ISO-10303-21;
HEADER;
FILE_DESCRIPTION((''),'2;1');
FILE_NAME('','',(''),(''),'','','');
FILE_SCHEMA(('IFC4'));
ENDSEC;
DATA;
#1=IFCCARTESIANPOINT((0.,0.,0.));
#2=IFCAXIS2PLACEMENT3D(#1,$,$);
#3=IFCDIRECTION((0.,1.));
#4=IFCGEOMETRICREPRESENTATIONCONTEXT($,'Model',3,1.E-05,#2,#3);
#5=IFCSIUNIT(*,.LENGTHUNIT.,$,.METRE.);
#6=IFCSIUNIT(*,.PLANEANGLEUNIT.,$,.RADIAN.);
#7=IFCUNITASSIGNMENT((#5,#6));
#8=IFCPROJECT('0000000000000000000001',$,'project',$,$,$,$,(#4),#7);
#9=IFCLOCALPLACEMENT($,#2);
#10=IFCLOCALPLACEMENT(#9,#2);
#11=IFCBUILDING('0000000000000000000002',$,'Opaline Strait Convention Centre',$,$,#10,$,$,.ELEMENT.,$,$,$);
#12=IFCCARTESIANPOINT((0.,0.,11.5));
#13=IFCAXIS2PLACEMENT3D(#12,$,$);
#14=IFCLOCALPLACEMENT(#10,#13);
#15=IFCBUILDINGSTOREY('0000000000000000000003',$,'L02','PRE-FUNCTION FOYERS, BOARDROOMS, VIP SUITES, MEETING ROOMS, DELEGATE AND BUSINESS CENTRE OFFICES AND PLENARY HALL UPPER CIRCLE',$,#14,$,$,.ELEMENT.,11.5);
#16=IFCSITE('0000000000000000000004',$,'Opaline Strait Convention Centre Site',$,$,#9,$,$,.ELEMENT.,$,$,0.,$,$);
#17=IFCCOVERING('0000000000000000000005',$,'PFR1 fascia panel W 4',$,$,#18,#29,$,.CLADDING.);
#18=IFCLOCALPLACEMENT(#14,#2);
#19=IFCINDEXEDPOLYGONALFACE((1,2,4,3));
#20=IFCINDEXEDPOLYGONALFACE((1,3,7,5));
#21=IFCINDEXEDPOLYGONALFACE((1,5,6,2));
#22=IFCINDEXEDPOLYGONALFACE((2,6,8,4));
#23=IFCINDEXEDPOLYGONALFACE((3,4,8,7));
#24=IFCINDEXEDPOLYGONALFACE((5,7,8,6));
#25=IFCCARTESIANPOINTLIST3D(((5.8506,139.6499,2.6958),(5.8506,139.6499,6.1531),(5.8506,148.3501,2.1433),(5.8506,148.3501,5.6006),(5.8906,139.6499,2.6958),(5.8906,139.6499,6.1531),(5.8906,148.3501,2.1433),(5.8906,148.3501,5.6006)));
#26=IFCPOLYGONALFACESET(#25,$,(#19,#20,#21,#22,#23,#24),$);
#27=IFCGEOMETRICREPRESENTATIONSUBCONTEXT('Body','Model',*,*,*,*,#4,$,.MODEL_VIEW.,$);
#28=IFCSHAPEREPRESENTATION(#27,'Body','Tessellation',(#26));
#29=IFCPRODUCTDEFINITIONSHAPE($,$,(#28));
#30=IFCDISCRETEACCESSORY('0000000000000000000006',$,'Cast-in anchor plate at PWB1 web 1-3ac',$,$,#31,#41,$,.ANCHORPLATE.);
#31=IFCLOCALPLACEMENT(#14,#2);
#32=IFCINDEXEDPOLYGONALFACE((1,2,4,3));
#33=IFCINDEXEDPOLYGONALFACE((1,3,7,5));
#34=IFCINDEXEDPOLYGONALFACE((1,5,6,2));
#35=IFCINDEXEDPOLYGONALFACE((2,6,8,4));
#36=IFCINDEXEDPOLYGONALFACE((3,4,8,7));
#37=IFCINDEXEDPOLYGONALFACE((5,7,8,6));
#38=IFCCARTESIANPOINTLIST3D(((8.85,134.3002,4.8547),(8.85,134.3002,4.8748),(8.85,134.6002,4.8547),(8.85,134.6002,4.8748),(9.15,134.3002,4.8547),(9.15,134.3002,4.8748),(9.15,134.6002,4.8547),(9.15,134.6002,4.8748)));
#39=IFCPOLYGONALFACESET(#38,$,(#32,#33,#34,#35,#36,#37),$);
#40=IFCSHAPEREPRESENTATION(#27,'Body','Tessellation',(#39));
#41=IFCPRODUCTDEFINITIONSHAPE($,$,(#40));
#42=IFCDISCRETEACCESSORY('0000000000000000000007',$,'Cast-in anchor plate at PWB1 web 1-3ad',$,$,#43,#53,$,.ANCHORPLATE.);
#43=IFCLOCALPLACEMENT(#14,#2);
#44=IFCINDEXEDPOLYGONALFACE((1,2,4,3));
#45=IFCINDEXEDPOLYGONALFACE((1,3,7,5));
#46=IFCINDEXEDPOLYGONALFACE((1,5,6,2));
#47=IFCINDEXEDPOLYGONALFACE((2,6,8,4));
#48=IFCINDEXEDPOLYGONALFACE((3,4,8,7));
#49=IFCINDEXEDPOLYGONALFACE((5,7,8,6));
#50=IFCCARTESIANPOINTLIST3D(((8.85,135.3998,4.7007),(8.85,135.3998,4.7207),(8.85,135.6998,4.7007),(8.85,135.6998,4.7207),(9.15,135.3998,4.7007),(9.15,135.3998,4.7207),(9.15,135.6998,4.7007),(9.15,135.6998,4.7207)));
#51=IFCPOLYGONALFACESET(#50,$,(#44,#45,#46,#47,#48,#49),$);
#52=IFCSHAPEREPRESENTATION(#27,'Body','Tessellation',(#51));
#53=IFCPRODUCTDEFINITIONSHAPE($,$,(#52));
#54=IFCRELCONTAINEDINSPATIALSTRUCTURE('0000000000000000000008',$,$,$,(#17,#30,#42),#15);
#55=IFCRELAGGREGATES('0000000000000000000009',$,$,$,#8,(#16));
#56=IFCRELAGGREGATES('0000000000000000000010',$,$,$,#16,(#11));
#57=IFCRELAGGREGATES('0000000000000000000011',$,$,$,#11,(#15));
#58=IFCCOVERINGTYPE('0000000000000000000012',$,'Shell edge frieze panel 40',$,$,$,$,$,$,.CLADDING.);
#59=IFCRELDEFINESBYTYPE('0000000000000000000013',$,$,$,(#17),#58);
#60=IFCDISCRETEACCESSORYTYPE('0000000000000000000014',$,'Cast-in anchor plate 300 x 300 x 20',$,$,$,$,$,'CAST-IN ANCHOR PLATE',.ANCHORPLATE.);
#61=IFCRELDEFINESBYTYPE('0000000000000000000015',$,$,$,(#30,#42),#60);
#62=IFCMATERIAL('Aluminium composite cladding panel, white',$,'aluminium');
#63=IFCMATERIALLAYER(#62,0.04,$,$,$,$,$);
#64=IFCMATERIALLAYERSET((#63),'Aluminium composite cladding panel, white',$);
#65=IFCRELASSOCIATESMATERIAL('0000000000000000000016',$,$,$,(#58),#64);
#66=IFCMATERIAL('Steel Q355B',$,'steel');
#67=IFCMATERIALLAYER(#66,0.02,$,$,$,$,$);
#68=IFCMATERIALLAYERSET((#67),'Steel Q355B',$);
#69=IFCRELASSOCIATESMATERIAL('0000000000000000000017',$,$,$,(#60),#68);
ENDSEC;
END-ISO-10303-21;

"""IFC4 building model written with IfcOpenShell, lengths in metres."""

from ifc_helpers import new_model, si_unit, direction, frame, origin, origin_2d, place, context, subcontext, project, spatial, polyline, rectangle, outline, extrude, material, layer, layer_set, type_object, element, save


model = new_model("IFC4")

# Units and contexts
model_context = context("Model", 3, precision=1e-05, world=origin(), true_north=direction((0.0, 1.0)))
body_context = subcontext(model_context, "Body", "Model", "MODEL_VIEW")
ifc_project = project(units=[si_unit("LENGTHUNIT", "METRE"), si_unit("PLANEANGLEUNIT", "RADIAN")], contexts=[model_context])

# Site, building, storey
site_placement = place(None, origin())
site = spatial("IfcSite", under=ifc_project, at=site_placement, Name="Opaline Strait Convention Centre Site", CompositionType="ELEMENT", RefElevation=0.0)
building_placement = place(site_placement, origin())
building = spatial("IfcBuilding", under=site, at=building_placement, Name="Opaline Strait Convention Centre", CompositionType="ELEMENT")
storey_placement = place(building_placement, frame((0.0, 0.0, 11.5)))
storey = spatial("IfcBuildingStorey", under=building, at=storey_placement, Name="L02", Description="PRE-FUNCTION FOYERS, BOARDROOMS, VIP SUITES, MEETING ROOMS, DELEGATE AND BUSINESS CENTRE OFFICES AND PLENARY HALL UPPER CIRCLE", CompositionType="ELEMENT", Elevation=11.5)

# Shared definitions
ifc_material_1 = material(Name="Steel Q355B", Category="steel")

# Covering
ifc_material_2 = material(Name="Aluminium composite cladding panel, white", Category="aluminium")
ifc_layer_1 = layer(ifc_material_2, 0.04)
ifc_layer_set_1 = layer_set([ifc_layer_1], Name="Aluminium composite cladding panel, white")
covering_type_1 = type_object("IfcCoveringType", Name="Shell edge frieze panel 40", PredefinedType="CLADDING", material=ifc_layer_set_1)
covering_1_placement = place(storey_placement, frame((5.8506, 139.6499, 6.1531), z_axis=(-1.0, 0.0, 0.0), x_axis=(0.0, 0.99799, -0.063376)))
element("IfcCovering", 1, at=covering_1_placement, inside=storey, type_object=covering_type_1, Name="PFR1 fascia panel W 4", PredefinedType="CLADDING", context=body_context, shape_type="SweptSolid", body=[
    extrude(outline(polyline([(0.0, 0.0), (8.7177, 0.0), (8.9368, 3.4503), (0.2191, 3.4503), (0.0, 0.0)])), origin(), (0.0, 0.0, -1.0), 0.04),
])

# Discrete accessories
ifc_layer_2 = layer(ifc_material_1, 0.02)
ifc_layer_set_2 = layer_set([ifc_layer_2], Name="Steel Q355B")
discrete_accessory_type = type_object("IfcDiscreteAccessoryType", Name="Cast-in anchor plate 300 x 300 x 20", ElementType="CAST-IN ANCHOR PLATE", PredefinedType="ANCHORPLATE", material=ifc_layer_set_2)
for number, where, z_axis, x_axis, name in (
    (2, (9.0, 134.4502, 4.8547), (0.0, 0.0, 1.0), (1.0, 0.0, 0.0), "Cast-in anchor plate at PWB1 web 1-3ac"),
    (3, (9.0, 135.5498, 4.7007), (0.0, 0.0, 1.0), (1.0, 0.0, 0.0), "Cast-in anchor plate at PWB1 web 1-3ad"),
):
    element("IfcDiscreteAccessory", number, at=place(storey_placement, frame(where, z_axis=z_axis, x_axis=x_axis)), inside=storey, type_object=discrete_accessory_type, Name=name, PredefinedType="ANCHORPLATE", context=body_context, shape_type="SweptSolid", body=[
        extrude(rectangle(XDim=0.3, YDim=0.3, at=origin_2d()), origin(), (0.0, 0.0, 1.0), 0.02),
    ])

save(model, "model.ifc")
